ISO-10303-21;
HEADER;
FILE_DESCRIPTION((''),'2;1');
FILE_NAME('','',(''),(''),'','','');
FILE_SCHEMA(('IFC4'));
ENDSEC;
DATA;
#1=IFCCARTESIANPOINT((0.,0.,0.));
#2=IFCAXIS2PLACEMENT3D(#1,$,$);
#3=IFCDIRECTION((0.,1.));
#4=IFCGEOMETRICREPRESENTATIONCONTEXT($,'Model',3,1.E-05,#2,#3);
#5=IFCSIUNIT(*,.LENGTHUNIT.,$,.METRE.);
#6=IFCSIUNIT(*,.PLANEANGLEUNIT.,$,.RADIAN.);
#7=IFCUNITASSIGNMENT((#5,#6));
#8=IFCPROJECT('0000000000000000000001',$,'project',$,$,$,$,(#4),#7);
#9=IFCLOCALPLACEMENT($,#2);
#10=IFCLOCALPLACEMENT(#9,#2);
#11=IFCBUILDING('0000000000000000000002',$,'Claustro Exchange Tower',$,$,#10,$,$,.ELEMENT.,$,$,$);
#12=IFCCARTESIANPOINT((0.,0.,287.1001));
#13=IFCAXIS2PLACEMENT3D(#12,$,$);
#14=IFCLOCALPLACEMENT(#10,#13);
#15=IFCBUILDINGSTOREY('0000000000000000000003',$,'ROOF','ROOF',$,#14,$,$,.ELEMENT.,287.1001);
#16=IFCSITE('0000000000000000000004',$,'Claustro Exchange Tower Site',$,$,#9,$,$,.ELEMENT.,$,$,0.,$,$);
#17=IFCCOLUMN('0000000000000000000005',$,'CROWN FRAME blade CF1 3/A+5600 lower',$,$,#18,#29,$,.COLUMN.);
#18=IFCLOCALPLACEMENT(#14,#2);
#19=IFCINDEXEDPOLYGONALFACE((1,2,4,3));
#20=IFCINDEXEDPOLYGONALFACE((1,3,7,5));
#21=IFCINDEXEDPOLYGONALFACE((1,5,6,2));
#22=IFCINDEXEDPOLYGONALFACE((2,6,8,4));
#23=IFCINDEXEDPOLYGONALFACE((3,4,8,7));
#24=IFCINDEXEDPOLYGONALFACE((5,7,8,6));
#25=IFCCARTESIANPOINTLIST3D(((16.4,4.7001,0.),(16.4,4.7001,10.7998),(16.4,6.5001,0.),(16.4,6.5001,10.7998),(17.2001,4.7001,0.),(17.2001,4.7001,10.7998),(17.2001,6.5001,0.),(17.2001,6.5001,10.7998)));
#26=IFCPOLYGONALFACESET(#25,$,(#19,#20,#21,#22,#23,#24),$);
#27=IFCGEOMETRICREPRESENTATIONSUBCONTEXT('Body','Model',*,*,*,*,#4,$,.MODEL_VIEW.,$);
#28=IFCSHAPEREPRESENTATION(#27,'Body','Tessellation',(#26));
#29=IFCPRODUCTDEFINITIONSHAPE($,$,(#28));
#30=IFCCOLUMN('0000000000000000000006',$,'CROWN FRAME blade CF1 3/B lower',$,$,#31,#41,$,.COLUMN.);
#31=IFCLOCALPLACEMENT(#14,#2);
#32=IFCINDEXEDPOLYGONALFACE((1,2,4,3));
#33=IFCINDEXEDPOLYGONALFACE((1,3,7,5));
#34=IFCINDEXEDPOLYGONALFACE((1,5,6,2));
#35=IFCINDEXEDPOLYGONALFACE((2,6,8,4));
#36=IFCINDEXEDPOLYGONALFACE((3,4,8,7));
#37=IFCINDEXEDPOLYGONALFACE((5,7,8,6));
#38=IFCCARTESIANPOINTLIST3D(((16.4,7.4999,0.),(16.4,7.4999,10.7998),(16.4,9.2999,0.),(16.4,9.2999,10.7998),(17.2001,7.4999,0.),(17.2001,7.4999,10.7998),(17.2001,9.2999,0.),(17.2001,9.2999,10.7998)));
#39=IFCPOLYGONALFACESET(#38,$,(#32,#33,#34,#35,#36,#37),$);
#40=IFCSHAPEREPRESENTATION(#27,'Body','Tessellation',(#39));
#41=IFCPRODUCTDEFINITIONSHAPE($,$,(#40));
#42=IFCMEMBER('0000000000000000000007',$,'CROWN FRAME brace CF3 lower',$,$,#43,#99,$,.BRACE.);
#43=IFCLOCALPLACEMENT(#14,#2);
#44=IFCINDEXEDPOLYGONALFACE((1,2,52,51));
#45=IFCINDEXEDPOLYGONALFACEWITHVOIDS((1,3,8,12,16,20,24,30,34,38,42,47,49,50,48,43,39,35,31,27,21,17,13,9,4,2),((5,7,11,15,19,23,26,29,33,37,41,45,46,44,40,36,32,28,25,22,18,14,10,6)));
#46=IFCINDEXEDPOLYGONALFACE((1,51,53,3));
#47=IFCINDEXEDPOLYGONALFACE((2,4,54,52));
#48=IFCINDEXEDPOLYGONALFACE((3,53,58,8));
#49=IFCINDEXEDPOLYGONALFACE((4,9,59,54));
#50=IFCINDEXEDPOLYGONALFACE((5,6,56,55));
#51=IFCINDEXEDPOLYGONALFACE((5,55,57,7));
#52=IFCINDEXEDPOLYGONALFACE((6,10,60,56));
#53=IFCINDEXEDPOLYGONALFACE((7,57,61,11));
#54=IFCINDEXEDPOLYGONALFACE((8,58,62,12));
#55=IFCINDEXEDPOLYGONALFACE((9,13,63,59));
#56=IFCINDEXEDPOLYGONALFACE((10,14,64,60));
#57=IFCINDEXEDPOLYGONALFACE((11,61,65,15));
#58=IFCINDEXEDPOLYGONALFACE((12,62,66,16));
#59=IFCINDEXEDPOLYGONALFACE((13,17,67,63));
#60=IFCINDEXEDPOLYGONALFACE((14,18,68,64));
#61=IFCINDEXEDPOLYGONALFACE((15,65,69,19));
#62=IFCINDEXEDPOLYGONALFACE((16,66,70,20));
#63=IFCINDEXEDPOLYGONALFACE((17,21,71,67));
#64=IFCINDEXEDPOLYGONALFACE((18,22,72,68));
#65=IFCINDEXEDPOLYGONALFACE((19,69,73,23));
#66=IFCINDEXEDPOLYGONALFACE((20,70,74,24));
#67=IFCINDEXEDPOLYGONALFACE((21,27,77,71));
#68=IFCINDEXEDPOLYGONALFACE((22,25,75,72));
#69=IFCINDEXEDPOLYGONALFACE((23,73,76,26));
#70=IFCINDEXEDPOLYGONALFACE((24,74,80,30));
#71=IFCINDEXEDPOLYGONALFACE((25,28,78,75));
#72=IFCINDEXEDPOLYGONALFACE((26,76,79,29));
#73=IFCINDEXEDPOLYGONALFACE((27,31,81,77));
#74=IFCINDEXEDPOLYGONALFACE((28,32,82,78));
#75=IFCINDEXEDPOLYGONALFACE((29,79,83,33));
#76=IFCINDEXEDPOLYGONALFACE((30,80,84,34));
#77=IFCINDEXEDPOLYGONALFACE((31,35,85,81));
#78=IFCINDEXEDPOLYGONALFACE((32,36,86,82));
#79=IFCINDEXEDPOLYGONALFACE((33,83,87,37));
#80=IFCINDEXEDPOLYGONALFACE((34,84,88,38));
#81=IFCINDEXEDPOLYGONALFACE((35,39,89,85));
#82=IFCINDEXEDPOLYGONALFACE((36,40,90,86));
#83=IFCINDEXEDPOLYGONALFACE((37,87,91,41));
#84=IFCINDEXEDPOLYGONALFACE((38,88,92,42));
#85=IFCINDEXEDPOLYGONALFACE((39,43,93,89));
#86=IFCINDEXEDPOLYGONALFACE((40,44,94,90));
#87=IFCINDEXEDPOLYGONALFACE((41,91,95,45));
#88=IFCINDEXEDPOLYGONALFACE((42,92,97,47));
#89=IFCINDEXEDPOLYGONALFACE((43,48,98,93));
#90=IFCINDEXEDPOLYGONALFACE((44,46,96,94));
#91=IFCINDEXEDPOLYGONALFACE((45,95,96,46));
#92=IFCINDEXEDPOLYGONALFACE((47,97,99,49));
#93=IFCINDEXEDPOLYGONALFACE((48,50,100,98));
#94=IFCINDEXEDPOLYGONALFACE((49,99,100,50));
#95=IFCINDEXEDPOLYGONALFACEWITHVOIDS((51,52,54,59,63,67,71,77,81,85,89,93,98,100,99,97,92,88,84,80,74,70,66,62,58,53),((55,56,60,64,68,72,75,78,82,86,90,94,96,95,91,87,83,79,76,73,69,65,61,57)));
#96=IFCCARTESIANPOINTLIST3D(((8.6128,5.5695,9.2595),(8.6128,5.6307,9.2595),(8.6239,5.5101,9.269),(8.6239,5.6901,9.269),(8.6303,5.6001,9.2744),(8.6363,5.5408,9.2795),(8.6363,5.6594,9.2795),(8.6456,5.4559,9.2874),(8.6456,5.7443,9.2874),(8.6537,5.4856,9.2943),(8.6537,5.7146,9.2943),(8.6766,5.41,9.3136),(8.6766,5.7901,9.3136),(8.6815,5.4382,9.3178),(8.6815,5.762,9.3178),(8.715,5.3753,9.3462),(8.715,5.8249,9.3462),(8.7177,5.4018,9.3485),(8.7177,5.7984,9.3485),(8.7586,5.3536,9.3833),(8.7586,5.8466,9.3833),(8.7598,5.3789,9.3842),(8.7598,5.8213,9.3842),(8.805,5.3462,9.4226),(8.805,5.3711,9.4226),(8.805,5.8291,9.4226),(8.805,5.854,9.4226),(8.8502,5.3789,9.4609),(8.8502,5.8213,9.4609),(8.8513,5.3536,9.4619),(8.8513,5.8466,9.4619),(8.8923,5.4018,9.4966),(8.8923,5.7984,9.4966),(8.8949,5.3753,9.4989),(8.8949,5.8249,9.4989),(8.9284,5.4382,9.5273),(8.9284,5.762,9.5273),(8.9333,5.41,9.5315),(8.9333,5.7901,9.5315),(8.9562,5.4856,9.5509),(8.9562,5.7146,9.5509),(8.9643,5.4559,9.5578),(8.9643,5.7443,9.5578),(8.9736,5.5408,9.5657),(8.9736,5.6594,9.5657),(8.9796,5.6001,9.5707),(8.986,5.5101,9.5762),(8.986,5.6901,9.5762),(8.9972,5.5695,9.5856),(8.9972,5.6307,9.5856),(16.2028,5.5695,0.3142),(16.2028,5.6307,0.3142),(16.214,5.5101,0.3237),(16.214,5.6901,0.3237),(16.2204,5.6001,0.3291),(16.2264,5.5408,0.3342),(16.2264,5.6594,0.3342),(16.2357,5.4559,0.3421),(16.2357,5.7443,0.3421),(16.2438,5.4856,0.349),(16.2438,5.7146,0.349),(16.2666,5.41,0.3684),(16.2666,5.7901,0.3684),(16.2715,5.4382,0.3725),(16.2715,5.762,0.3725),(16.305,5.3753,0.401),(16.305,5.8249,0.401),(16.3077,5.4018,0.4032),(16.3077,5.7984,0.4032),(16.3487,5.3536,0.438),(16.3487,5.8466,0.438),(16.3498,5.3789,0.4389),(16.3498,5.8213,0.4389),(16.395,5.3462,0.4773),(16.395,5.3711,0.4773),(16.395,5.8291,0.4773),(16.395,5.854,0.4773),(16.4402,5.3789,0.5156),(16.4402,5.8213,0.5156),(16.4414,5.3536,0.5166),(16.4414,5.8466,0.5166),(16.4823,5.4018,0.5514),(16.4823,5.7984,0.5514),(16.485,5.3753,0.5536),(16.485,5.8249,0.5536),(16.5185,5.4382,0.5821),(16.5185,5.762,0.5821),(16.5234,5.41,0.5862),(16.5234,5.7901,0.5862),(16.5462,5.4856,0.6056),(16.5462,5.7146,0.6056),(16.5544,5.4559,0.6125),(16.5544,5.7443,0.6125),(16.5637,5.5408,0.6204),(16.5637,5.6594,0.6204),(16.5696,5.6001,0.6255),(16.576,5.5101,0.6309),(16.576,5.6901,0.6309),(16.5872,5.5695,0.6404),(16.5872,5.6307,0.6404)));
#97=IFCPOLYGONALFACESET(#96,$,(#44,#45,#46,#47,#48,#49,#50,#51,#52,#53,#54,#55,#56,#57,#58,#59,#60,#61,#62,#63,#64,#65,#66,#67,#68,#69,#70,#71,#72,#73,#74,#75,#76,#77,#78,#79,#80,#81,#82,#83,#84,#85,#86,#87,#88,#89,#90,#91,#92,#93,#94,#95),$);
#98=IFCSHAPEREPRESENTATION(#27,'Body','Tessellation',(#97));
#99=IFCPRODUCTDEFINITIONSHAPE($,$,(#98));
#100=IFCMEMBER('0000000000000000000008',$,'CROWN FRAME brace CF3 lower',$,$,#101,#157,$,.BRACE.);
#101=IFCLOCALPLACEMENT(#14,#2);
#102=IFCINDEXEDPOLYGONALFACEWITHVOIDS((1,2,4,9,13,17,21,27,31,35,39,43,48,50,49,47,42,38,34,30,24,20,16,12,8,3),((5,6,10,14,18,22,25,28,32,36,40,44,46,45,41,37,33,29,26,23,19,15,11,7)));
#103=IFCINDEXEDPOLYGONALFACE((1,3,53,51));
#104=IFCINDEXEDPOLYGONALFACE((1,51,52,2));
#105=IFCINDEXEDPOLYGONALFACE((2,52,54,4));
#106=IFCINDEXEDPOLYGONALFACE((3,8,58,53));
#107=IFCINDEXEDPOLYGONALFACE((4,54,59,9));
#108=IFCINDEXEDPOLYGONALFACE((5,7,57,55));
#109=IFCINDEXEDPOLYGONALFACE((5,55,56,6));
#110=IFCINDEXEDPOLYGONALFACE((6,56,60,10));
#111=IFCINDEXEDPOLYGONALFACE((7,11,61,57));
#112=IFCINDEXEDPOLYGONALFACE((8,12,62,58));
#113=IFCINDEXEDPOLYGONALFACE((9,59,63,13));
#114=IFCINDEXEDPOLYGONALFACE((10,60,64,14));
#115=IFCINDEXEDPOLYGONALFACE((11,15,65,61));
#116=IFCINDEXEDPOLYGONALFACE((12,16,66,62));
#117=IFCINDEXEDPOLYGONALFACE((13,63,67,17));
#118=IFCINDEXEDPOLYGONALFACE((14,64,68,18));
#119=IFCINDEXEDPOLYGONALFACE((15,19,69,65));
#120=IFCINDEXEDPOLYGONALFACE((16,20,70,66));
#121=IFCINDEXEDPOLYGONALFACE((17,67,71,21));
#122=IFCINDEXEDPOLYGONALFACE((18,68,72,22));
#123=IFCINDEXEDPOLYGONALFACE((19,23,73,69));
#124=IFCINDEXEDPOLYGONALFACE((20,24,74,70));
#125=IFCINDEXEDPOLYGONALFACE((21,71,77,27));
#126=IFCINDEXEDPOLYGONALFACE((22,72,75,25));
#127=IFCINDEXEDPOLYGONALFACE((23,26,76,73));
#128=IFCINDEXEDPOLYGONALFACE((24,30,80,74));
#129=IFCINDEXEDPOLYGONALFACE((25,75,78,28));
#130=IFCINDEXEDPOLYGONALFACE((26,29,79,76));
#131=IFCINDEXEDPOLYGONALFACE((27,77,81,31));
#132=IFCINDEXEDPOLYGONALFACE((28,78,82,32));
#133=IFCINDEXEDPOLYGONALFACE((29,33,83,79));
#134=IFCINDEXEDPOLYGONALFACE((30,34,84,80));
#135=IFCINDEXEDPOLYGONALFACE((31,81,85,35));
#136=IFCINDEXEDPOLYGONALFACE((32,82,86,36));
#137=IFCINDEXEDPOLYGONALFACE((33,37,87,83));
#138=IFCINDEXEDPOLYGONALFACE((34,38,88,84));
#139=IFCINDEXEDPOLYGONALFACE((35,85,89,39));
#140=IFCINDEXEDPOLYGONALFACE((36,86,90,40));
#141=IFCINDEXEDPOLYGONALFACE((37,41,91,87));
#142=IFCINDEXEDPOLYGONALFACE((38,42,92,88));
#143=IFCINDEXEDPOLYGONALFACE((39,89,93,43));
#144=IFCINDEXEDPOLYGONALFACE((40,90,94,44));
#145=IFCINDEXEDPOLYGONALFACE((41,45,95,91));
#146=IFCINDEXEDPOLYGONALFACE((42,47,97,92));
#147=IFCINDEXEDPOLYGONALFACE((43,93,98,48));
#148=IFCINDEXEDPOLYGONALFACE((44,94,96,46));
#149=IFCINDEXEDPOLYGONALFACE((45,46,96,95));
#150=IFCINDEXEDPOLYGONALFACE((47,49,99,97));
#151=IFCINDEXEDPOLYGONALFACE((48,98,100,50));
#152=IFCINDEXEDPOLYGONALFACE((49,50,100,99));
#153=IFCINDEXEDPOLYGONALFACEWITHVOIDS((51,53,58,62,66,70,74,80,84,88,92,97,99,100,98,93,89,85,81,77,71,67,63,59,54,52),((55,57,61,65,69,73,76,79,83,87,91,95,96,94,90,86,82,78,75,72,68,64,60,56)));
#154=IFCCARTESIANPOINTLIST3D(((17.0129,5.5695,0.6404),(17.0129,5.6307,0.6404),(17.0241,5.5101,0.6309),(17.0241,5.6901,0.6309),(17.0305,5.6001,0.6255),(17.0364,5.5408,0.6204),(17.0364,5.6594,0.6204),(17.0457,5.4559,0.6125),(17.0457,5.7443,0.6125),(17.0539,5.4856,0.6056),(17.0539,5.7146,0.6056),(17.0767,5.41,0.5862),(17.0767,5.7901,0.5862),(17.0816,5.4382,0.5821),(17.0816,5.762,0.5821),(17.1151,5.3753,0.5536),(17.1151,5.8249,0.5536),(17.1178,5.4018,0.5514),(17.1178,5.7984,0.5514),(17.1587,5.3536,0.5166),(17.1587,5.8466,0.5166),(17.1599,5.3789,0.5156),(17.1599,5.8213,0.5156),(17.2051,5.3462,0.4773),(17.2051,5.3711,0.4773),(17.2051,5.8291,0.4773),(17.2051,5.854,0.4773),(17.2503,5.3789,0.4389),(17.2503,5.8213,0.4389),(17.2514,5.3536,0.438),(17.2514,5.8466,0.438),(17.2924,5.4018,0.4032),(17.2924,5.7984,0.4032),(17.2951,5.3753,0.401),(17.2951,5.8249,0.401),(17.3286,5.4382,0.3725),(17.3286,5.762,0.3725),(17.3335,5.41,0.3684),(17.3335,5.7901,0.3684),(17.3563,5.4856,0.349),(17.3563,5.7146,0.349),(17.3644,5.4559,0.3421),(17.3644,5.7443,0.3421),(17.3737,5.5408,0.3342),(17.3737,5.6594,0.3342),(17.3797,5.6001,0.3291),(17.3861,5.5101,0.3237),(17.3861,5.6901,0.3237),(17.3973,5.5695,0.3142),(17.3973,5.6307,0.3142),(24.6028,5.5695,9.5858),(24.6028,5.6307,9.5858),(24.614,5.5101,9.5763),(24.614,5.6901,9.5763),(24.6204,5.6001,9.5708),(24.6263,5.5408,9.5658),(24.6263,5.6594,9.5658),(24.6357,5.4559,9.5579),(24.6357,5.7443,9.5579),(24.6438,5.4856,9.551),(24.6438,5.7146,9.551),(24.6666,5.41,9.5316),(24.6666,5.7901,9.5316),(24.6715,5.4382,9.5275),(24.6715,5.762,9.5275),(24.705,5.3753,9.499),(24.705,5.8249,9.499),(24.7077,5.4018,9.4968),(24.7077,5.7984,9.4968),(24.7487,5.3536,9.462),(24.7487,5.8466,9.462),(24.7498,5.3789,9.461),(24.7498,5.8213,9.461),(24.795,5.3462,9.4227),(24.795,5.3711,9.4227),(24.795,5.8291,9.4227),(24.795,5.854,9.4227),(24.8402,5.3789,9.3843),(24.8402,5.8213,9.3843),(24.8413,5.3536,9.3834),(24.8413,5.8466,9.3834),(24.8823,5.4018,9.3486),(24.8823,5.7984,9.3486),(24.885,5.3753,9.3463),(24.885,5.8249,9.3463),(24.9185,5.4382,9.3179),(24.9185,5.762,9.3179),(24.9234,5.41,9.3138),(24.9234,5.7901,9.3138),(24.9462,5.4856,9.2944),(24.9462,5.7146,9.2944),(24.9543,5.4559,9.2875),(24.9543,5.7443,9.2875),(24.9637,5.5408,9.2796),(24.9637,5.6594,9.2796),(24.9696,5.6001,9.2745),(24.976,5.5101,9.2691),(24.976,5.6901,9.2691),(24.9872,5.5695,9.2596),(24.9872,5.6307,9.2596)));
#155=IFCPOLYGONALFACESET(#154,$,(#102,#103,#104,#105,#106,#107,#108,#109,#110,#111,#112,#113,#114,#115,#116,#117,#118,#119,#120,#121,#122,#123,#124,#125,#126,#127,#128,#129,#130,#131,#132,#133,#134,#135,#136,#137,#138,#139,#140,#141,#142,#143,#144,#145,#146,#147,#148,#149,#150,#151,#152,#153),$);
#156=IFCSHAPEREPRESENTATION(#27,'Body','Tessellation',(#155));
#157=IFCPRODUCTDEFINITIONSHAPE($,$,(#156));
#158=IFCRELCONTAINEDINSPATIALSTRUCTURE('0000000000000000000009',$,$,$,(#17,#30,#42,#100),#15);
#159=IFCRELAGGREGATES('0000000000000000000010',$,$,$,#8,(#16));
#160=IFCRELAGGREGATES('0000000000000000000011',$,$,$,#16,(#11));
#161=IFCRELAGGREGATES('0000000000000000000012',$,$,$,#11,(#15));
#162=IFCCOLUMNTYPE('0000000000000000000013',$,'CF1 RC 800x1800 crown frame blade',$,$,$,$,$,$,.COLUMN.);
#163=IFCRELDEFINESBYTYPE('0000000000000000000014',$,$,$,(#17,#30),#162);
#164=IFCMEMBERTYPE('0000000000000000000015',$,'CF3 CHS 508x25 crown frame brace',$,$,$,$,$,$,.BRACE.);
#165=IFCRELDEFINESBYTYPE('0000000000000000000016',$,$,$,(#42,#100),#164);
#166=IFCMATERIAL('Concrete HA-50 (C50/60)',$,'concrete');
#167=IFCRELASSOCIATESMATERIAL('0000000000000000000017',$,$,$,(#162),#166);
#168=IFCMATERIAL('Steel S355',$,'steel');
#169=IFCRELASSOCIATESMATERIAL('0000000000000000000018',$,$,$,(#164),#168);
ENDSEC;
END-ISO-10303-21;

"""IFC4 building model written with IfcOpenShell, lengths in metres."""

from ifc_helpers import new_model, si_unit, direction, frame, origin, origin_2d, place, context, subcontext, project, spatial, rectangle, hollow_circle, extrude, material, material_profile, profile_set, type_object, element, save


model = new_model("IFC4")

# Units and contexts
model_context = context("Model", 3, precision=1e-05, world=origin(), true_north=direction((0.0, 1.0)))
body_context = subcontext(model_context, "Body", "Model", "MODEL_VIEW")
ifc_project = project(units=[si_unit("LENGTHUNIT", "METRE"), si_unit("PLANEANGLEUNIT", "RADIAN")], contexts=[model_context])

# Site, building, storey
site_placement = place(None, origin())
site = spatial("IfcSite", under=ifc_project, at=site_placement, Name="Claustro Exchange Tower Site", CompositionType="ELEMENT", RefElevation=0.0)
building_placement = place(site_placement, origin())
building = spatial("IfcBuilding", under=site, at=building_placement, Name="Claustro Exchange Tower", CompositionType="ELEMENT")
storey_placement = place(building_placement, frame((0.0, 0.0, 287.1001)))
storey = spatial("IfcBuildingStorey", under=building, at=storey_placement, Name="ROOF", Description="ROOF", CompositionType="ELEMENT", Elevation=287.1001)

# Columns
ifc_material_1 = material(Name="Concrete HA-50 (C50/60)", Category="concrete")
ifc_material_profile_1 = material_profile(ifc_material_1, rectangle(XDim=0.8, YDim=1.8, at=origin_2d()), Name="RC 800x1800")
ifc_profile_set_1 = profile_set([ifc_material_profile_1], Name="Concrete HA-50 (C50/60)")
column_type = type_object("IfcColumnType", Name="CF1 RC 800x1800 crown frame blade", PredefinedType="COLUMN", material=ifc_profile_set_1)
for number, where, z_axis, x_axis, name in (
    (1, (16.8, 5.6001, 0.0), (0.0, 0.0, 1.0), (1.0, 0.0, 0.0), "CROWN FRAME blade CF1 3/A+5600 lower"),
    (2, (16.8, 8.3999, 0.0), (0.0, 0.0, 1.0), (1.0, 0.0, 0.0), "CROWN FRAME blade CF1 3/B lower"),
):
    element("IfcColumn", number, at=place(storey_placement, frame(where, z_axis=z_axis, x_axis=x_axis)), inside=storey, type_object=column_type, Name=name, PredefinedType="COLUMN", context=body_context, shape_type="SweptSolid", body=[
        extrude(rectangle(XDim=0.8, YDim=1.8, at=origin_2d()), origin(), (0.0, 0.0, 1.0), 10.7998),
    ])

# Members
ifc_material_2 = material(Name="Steel S355", Category="steel")
ifc_material_profile_2 = material_profile(ifc_material_2, hollow_circle(Radius=0.2539, WallThickness=0.0249, at=origin_2d()), Name="CHS 508x25")
ifc_profile_set_2 = profile_set([ifc_material_profile_2], Name="Steel S355")
member_type = type_object("IfcMemberType", Name="CF3 CHS 508x25 crown frame brace", PredefinedType="BRACE", material=ifc_profile_set_2)
for number, where, z_axis, x_axis, name in (
    (3, (16.395, 5.6001, 0.4773), (-0.646984, 0.0, 0.762504), (0.0, -1.0, 0.0), "CROWN FRAME brace CF3 lower"),
    (4, (17.2051, 5.6001, 0.4773), (0.646972, 0.0, 0.762514), (0.0, 1.0, 0.0), "CROWN FRAME brace CF3 lower"),
):
    element("IfcMember", number, at=place(storey_placement, frame(where, z_axis=z_axis, x_axis=x_axis)), inside=storey, type_object=member_type, Name=name, PredefinedType="BRACE", context=body_context, shape_type="SweptSolid", body=[
        extrude(hollow_circle(Radius=0.2539, WallThickness=0.0249, at=origin_2d()), origin(), (0.0, 0.0, 1.0), 11.7314),
    ])

save(model, "model.ifc")
